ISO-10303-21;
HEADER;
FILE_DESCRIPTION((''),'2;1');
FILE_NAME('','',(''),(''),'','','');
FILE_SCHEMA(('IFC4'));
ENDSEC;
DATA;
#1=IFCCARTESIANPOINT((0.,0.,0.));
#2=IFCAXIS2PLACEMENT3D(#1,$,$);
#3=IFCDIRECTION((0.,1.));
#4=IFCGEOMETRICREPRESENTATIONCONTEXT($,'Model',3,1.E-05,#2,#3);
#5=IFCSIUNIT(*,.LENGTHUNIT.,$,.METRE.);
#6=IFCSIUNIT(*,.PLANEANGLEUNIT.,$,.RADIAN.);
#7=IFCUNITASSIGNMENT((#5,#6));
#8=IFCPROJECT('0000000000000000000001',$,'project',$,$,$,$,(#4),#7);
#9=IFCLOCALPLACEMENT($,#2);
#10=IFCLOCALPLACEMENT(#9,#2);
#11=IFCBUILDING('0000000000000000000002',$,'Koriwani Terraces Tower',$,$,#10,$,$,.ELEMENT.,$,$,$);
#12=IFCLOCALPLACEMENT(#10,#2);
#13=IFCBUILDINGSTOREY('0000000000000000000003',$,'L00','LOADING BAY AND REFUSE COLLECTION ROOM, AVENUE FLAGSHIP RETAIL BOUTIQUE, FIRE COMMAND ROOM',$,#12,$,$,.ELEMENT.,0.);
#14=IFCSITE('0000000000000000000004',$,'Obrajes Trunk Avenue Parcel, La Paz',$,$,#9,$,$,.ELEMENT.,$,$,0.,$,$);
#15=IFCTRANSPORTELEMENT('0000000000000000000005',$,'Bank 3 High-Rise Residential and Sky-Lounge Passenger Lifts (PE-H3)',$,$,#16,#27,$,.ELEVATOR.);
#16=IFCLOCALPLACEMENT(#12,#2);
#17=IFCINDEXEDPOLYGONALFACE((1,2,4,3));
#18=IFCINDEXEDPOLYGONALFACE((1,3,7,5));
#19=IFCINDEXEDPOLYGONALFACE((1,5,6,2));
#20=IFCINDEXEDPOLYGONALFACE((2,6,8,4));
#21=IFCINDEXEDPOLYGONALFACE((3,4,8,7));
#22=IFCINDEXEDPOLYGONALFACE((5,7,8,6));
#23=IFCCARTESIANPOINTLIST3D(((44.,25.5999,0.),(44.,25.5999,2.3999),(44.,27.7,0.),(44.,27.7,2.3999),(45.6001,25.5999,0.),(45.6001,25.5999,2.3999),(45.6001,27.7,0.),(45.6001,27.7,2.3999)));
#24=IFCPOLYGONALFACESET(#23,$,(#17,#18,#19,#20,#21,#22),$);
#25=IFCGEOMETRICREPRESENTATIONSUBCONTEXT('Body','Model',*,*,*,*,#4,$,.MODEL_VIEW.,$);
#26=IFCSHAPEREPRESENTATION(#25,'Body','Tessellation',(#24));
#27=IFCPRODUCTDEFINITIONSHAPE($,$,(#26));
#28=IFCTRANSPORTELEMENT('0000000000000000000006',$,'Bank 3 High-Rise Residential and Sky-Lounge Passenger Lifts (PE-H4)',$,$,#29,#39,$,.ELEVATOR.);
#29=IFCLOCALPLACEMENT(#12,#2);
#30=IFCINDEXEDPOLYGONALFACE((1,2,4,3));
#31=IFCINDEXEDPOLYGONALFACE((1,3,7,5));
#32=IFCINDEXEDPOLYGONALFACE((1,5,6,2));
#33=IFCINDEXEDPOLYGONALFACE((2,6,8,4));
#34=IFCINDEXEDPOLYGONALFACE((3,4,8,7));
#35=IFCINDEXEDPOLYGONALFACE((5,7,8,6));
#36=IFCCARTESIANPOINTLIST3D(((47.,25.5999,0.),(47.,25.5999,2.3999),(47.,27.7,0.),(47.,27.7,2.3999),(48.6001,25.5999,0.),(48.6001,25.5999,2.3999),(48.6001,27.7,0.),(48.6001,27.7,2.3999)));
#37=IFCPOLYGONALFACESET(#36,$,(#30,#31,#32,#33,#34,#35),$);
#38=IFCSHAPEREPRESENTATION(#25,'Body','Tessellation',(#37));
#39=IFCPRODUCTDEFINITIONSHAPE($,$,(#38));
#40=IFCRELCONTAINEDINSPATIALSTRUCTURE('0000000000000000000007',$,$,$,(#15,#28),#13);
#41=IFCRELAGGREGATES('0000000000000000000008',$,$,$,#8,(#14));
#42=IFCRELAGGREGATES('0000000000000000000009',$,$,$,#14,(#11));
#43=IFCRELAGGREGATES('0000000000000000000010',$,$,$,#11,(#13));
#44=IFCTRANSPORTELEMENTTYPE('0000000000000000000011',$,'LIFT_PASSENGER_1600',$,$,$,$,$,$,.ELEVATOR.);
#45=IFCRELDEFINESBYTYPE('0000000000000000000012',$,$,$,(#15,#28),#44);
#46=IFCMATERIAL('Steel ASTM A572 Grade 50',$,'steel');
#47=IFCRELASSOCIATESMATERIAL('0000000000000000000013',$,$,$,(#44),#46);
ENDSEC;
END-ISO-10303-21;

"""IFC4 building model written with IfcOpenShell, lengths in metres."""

from ifc_helpers import new_model, si_unit, direction, frame, origin, origin_2d, place, context, subcontext, project, spatial, rectangle, extrude, material, type_object, element, save


model = new_model("IFC4")

# Units and contexts
model_context = context("Model", 3, precision=1e-05, world=origin(), true_north=direction((0.0, 1.0)))
body_context = subcontext(model_context, "Body", "Model", "MODEL_VIEW")
ifc_project = project(units=[si_unit("LENGTHUNIT", "METRE"), si_unit("PLANEANGLEUNIT", "RADIAN")], contexts=[model_context])

# Site, building, storey
site_placement = place(None, origin())
site = spatial("IfcSite", under=ifc_project, at=site_placement, Name="Obrajes Trunk Avenue Parcel, La Paz", CompositionType="ELEMENT", RefElevation=0.0)
building_placement = place(site_placement, origin())
building = spatial("IfcBuilding", under=site, at=building_placement, Name="Koriwani Terraces Tower", CompositionType="ELEMENT")
storey_placement = place(building_placement, origin())
storey = spatial("IfcBuildingStorey", under=building, at=storey_placement, Name="L00", Description="LOADING BAY AND REFUSE COLLECTION ROOM, AVENUE FLAGSHIP RETAIL BOUTIQUE, FIRE COMMAND ROOM", CompositionType="ELEMENT", Elevation=0.0)

# Shared definitions
ifc_material_1 = material(Name="Steel ASTM A572 Grade 50", Category="steel")

# Transport elements
transport_element_type = type_object("IfcTransportElementType", Name="LIFT_PASSENGER_1600", PredefinedType="ELEVATOR", material=ifc_material_1)
for number, where, z_axis, x_axis, name in (
    (1, (44.8, 26.6499, 0.0), (0.0, 0.0, 1.0), (1.0, 0.0, 0.0), "Bank 3 High-Rise Residential and Sky-Lounge Passenger Lifts (PE-H3)"),
    (2, (47.8, 26.6499, 0.0), (0.0, 0.0, 1.0), (1.0, 0.0, 0.0), "Bank 3 High-Rise Residential and Sky-Lounge Passenger Lifts (PE-H4)"),
):
    element("IfcTransportElement", number, at=place(storey_placement, frame(where, z_axis=z_axis, x_axis=x_axis)), inside=storey, type_object=transport_element_type, Name=name, PredefinedType="ELEVATOR", context=body_context, shape_type="SweptSolid", body=[
        extrude(rectangle(XDim=1.6001, YDim=2.1001, at=origin_2d()), origin(), (0.0, 0.0, 1.0), 2.3999),
    ])

save(model, "model.ifc")
